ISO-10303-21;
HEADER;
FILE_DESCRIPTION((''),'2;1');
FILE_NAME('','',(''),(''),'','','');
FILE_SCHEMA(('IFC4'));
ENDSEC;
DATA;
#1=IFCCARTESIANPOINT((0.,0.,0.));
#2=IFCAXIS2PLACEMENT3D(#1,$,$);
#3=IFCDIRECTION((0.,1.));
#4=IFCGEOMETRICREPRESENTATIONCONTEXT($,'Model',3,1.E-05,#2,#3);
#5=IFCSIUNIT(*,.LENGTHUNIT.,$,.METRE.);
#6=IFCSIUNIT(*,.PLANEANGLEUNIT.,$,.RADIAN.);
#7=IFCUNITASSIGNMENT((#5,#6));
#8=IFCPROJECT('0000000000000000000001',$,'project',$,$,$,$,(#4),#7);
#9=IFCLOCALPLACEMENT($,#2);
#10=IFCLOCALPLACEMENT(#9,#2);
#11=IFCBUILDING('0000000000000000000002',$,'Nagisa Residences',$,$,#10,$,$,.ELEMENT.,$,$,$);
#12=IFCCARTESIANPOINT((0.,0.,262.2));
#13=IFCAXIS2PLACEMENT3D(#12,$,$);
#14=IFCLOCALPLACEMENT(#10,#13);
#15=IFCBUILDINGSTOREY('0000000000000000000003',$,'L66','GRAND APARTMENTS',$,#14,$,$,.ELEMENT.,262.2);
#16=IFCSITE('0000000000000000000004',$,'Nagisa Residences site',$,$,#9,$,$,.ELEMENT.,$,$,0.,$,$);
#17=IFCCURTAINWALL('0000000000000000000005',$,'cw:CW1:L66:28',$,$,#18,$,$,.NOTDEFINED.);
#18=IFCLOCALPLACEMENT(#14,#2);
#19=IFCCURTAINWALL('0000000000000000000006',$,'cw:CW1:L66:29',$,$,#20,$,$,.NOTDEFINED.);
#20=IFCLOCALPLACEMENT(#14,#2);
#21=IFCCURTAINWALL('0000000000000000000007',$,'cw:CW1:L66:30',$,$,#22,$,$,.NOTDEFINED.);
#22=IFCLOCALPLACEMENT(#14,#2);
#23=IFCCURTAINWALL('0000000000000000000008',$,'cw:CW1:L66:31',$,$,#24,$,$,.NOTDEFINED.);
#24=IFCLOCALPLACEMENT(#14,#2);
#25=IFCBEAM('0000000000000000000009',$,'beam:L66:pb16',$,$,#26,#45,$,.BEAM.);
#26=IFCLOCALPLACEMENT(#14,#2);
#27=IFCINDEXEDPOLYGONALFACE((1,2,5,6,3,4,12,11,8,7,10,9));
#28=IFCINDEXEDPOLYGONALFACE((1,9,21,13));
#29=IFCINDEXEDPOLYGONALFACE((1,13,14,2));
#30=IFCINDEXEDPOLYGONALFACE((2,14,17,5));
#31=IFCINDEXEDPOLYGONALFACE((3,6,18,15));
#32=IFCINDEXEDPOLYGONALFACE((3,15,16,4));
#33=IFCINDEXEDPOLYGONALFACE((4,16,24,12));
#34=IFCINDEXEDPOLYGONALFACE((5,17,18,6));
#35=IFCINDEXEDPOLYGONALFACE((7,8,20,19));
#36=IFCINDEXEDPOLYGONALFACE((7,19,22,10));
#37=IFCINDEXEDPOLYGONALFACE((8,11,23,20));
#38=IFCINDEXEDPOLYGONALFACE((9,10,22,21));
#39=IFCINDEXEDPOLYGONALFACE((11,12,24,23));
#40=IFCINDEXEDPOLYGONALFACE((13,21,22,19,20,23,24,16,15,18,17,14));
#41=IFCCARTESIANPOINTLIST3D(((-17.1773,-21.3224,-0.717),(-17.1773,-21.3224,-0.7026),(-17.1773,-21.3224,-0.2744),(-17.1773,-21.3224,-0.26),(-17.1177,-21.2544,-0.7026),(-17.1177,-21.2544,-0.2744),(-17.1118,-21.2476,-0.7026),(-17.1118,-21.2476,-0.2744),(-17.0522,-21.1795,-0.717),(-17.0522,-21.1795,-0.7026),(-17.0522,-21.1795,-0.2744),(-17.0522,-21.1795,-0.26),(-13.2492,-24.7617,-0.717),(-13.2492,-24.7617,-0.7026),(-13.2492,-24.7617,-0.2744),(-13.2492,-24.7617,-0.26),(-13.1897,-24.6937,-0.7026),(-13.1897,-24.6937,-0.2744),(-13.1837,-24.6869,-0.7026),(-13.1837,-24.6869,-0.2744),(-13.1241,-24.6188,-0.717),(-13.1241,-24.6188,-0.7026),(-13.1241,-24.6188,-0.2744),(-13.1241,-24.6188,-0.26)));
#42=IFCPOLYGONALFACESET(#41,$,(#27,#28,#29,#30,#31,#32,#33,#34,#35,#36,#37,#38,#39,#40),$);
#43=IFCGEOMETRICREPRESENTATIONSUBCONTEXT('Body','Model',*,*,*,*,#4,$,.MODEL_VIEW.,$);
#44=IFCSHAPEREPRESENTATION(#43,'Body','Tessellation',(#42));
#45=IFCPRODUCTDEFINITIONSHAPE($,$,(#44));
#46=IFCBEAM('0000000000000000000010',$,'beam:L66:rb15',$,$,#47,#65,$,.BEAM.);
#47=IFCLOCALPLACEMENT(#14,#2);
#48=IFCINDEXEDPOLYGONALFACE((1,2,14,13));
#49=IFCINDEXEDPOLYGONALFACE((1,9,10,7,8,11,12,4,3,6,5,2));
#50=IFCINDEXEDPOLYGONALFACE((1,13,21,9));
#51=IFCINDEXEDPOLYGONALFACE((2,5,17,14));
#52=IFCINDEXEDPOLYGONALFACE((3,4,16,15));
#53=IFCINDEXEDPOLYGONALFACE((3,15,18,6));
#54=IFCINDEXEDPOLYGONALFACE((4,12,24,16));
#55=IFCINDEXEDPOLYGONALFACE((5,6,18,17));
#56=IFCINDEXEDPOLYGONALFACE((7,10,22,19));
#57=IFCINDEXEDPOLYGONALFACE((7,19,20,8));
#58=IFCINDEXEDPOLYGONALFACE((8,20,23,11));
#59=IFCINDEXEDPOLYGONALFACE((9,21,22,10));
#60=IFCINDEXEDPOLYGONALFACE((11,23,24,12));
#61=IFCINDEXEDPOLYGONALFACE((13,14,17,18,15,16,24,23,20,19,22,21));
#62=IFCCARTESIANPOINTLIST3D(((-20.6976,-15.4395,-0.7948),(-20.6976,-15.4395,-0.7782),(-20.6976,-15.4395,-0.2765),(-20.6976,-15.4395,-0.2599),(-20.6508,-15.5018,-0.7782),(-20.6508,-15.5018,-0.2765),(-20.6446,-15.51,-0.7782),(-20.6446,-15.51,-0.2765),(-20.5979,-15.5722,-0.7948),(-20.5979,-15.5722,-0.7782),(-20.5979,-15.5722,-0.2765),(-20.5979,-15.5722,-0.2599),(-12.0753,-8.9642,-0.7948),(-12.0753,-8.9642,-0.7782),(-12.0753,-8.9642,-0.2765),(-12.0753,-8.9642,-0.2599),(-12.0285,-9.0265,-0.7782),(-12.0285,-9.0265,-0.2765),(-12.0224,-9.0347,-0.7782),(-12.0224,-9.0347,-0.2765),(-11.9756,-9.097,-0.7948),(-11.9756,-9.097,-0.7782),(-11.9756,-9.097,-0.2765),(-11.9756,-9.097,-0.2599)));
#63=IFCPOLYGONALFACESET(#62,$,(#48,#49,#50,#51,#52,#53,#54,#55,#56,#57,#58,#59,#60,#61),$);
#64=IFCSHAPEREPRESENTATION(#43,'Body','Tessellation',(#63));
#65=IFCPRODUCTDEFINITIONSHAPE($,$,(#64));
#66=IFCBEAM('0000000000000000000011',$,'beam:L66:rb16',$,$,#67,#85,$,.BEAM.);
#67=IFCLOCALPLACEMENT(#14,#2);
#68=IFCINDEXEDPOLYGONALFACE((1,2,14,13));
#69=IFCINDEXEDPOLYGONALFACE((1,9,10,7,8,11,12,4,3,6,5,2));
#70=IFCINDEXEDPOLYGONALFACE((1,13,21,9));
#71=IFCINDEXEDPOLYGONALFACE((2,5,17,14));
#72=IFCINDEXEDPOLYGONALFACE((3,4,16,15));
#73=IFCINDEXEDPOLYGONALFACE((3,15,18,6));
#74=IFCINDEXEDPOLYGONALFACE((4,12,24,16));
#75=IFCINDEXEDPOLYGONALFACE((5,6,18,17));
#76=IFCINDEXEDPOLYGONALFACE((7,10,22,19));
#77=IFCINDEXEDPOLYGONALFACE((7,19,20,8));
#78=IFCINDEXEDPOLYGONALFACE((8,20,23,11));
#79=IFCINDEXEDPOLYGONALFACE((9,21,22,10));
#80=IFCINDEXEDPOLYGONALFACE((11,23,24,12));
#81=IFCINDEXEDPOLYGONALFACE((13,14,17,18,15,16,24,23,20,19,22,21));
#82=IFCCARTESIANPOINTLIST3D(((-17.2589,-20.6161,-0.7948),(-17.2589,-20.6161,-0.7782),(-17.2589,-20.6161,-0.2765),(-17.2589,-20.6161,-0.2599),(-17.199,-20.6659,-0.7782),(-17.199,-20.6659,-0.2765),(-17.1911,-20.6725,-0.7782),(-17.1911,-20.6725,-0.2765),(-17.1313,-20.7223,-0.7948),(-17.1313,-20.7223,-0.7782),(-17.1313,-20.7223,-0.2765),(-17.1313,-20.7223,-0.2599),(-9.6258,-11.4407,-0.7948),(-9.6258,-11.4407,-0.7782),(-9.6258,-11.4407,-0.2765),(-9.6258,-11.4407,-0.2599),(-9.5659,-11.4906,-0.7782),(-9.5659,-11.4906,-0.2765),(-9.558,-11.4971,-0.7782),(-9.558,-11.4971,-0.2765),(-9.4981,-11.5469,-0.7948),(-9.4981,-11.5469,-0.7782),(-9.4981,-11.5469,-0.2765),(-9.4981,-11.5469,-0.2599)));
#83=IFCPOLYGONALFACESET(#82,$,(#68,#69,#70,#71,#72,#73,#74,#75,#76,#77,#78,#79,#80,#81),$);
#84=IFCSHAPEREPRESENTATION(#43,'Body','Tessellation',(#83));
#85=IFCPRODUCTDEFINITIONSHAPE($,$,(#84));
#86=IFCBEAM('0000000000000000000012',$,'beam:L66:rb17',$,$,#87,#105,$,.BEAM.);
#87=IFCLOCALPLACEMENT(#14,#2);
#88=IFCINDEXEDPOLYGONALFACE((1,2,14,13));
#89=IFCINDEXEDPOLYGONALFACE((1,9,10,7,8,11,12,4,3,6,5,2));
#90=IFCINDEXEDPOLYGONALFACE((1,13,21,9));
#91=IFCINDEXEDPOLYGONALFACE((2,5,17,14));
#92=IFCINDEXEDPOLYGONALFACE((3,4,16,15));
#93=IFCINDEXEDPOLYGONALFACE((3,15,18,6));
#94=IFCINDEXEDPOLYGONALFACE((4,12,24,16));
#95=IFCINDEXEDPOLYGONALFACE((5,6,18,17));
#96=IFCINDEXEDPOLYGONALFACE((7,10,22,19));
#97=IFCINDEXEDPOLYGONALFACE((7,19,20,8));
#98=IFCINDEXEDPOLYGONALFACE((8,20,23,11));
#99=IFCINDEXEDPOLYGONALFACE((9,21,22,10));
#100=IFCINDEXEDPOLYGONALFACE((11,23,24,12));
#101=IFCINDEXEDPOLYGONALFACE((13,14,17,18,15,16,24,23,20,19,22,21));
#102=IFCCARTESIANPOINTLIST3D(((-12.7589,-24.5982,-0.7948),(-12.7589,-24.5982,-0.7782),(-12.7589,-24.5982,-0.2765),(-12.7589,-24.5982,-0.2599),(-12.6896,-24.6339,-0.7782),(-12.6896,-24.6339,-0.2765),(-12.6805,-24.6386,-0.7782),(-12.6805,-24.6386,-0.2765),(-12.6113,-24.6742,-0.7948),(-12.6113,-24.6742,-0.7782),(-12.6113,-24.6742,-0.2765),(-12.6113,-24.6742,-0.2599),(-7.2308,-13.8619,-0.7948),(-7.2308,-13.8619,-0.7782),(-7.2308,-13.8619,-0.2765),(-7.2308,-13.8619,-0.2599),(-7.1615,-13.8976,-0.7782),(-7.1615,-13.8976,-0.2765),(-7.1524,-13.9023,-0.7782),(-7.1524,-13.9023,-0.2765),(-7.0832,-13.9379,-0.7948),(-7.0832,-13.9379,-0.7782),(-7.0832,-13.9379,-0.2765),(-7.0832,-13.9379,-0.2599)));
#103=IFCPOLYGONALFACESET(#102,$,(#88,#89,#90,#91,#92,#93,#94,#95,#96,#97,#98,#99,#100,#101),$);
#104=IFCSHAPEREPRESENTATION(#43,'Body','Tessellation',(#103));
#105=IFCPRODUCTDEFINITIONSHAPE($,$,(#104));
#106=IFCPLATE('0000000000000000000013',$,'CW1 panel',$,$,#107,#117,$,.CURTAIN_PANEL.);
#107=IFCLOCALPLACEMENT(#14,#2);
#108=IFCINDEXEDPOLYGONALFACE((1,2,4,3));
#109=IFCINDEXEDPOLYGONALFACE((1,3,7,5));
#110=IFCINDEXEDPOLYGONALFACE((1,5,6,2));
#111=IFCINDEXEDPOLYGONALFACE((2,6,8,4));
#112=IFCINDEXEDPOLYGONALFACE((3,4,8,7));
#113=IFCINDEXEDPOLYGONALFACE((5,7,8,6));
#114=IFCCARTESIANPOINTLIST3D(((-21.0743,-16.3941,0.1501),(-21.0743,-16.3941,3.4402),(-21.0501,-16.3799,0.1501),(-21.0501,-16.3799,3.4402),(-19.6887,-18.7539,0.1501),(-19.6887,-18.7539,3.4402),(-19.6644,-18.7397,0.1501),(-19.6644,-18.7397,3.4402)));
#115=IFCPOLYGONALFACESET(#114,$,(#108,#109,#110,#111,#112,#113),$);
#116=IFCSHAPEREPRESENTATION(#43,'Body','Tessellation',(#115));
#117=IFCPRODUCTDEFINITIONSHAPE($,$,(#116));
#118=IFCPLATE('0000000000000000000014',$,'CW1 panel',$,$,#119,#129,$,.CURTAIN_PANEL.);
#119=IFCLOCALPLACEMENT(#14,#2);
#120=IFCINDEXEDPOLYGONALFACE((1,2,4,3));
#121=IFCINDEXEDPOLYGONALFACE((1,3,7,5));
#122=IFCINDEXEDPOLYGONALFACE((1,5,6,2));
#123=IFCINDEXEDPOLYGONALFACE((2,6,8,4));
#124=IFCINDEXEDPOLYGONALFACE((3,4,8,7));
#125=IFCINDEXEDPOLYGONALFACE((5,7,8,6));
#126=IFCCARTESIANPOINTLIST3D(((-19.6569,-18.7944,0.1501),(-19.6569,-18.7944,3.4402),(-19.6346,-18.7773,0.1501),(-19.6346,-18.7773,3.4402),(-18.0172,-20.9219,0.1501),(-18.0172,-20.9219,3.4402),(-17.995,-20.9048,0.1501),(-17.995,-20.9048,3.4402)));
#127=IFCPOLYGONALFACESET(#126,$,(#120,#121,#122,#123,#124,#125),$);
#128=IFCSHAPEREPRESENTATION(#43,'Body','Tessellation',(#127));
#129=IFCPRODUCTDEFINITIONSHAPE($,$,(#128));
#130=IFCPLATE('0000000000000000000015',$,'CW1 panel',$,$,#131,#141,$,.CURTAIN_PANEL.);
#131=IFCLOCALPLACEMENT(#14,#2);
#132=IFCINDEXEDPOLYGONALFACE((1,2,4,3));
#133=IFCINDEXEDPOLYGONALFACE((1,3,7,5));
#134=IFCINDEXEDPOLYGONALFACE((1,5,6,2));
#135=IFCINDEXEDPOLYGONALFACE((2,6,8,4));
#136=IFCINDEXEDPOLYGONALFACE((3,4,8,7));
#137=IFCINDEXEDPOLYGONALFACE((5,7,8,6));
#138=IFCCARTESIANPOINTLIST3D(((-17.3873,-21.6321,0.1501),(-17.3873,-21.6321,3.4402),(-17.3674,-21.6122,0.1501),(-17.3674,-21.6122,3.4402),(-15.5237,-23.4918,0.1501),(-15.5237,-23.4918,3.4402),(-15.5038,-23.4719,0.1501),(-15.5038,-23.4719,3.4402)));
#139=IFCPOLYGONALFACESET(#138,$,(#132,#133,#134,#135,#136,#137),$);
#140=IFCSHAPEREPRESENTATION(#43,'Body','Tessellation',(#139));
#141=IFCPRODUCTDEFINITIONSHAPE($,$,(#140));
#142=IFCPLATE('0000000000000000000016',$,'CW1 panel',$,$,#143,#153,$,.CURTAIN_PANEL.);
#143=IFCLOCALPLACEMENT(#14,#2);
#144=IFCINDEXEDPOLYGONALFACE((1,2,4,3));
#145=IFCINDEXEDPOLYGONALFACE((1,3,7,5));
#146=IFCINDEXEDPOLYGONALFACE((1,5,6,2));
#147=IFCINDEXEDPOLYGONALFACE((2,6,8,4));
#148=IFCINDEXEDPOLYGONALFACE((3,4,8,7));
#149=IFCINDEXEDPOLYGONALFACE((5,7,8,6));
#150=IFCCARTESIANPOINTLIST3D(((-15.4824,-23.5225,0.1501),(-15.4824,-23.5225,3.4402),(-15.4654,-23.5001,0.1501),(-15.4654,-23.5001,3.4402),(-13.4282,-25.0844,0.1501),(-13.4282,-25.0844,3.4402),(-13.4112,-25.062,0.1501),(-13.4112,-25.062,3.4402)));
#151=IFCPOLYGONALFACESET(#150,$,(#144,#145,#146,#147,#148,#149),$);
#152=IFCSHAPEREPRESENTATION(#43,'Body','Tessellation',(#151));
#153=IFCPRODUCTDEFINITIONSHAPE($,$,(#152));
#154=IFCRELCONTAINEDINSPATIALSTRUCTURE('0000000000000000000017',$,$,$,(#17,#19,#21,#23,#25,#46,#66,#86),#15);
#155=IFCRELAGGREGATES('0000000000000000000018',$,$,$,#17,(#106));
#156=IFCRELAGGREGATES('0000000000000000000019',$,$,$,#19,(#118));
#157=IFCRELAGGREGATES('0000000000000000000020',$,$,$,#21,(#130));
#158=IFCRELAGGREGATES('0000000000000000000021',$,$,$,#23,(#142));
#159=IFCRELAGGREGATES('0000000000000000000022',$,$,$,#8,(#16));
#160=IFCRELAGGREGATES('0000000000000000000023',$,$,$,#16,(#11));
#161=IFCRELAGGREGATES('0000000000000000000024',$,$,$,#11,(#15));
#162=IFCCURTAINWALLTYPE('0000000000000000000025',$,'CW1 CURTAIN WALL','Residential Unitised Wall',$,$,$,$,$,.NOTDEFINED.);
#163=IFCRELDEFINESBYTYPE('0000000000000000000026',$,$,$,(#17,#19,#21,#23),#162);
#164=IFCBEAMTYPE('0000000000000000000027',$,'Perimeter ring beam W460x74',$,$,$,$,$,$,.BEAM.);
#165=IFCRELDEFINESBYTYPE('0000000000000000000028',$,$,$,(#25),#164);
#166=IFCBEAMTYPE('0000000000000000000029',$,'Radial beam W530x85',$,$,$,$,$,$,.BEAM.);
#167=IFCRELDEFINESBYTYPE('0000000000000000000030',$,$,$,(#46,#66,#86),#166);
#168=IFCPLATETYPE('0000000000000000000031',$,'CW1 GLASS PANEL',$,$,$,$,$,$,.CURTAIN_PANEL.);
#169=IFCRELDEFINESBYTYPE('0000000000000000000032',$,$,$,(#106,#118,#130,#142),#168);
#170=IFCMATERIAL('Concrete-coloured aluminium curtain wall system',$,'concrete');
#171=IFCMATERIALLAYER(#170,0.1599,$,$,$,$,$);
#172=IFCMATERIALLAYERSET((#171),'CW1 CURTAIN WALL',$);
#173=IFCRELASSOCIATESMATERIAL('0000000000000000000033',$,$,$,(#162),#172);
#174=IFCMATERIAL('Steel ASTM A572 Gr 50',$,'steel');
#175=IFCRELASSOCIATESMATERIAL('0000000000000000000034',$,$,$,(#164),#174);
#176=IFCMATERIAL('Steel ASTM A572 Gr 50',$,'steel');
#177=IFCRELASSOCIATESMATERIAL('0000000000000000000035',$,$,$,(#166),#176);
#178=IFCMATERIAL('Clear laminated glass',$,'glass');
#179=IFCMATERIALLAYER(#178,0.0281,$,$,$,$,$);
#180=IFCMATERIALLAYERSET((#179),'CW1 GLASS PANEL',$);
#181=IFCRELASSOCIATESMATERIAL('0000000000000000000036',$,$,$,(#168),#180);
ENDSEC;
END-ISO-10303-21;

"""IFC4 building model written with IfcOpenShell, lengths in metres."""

from ifc_helpers import new_model, si_unit, direction, frame, origin, origin_2d, place, context, subcontext, project, spatial, rectangle, i_section, extrude, material, layer, layer_set, material_profile, profile_set, type_object, element, aggregate, save


model = new_model("IFC4")

# Units and contexts
model_context = context("Model", 3, precision=1e-05, world=origin(), true_north=direction((0.0, 1.0)))
body_context = subcontext(model_context, "Body", "Model", "MODEL_VIEW")
ifc_project = project(units=[si_unit("LENGTHUNIT", "METRE"), si_unit("PLANEANGLEUNIT", "RADIAN")], contexts=[model_context])

# Site, building, storey
site_placement = place(None, origin())
site = spatial("IfcSite", under=ifc_project, at=site_placement, Name="Nagisa Residences site", CompositionType="ELEMENT", RefElevation=0.0)
building_placement = place(site_placement, origin())
building = spatial("IfcBuilding", under=site, at=building_placement, Name="Nagisa Residences", CompositionType="ELEMENT")
storey_placement = place(building_placement, frame((0.0, 0.0, 262.2)))
storey = spatial("IfcBuildingStorey", under=building, at=storey_placement, Name="L66", Description="GRAND APARTMENTS", CompositionType="ELEMENT", Elevation=262.2)

# Curtain walls
ifc_material_1 = material(Name="Concrete-coloured aluminium curtain wall system", Category="concrete")
ifc_layer_1 = layer(ifc_material_1, 0.1599)
ifc_layer_set_1 = layer_set([ifc_layer_1], Name="CW1 CURTAIN WALL")
curtain_wall_type = type_object("IfcCurtainWallType", Name="CW1 CURTAIN WALL", Description="Residential Unitised Wall", PredefinedType="NOTDEFINED", material=ifc_layer_set_1)
curtain_wall_1_placement = place(storey_placement, origin())
curtain_wall_1 = element("IfcCurtainWall", 1, at=curtain_wall_1_placement, inside=storey, type_object=curtain_wall_type, Name="cw:CW1:L66:28", PredefinedType="NOTDEFINED")
curtain_wall_2_placement = place(storey_placement, origin())
curtain_wall_2 = element("IfcCurtainWall", 2, at=curtain_wall_2_placement, inside=storey, type_object=curtain_wall_type, Name="cw:CW1:L66:29", PredefinedType="NOTDEFINED")
curtain_wall_3_placement = place(storey_placement, origin())
curtain_wall_3 = element("IfcCurtainWall", 3, at=curtain_wall_3_placement, inside=storey, type_object=curtain_wall_type, Name="cw:CW1:L66:30", PredefinedType="NOTDEFINED")
curtain_wall_4_placement = place(storey_placement, origin())
curtain_wall_4 = element("IfcCurtainWall", 4, at=curtain_wall_4_placement, inside=storey, type_object=curtain_wall_type, Name="cw:CW1:L66:31", PredefinedType="NOTDEFINED")

# Beams
ifc_material_2 = material(Name="Steel ASTM A572 Gr 50", Category="steel")
ifc_material_profile_1 = material_profile(ifc_material_2, i_section(OverallWidth=0.1899, OverallDepth=0.457, WebThickness=0.009, FlangeThickness=0.0144, at=origin_2d()), Name="W460x74")
ifc_profile_set_1 = profile_set([ifc_material_profile_1], Name="Steel ASTM A572 Gr 50")
beam_type_1 = type_object("IfcBeamType", Name="Perimeter ring beam W460x74", PredefinedType="BEAM", material=ifc_profile_set_1)
beam_1_placement = place(storey_placement, frame((-17.1147, -21.251, -0.4885), z_axis=(0.752365, -0.658746, 0.0), x_axis=(0.658746, 0.752365, 0.0)))
element("IfcBeam", 5, at=beam_1_placement, inside=storey, type_object=beam_type_1, Name="beam:L66:pb16", PredefinedType="BEAM", context=body_context, shape_type="SweptSolid", body=[
    extrude(i_section(OverallWidth=0.1899, OverallDepth=0.457, WebThickness=0.009, FlangeThickness=0.0144, at=origin_2d()), origin(), (0.0, 0.0, 1.0), 5.2209),
])
ifc_material_3 = material(Name="Steel ASTM A572 Gr 50", Category="steel")
ifc_material_profile_2 = material_profile(ifc_material_3, i_section(OverallWidth=0.166, OverallDepth=0.5349, WebThickness=0.0103, FlangeThickness=0.0166, at=origin_2d()), Name="W530x85")
ifc_profile_set_2 = profile_set([ifc_material_profile_2], Name="Steel ASTM A572 Gr 50")
beam_type_2 = type_object("IfcBeamType", Name="Radial beam W530x85", PredefinedType="BEAM", material=ifc_profile_set_2)
beam_2_placement = place(storey_placement, frame((-20.6477, -15.5059, -0.5273), z_axis=(0.799617, 0.600511, 0.0), x_axis=(-0.600511, 0.799617, 0.0)))
element("IfcBeam", 6, at=beam_2_placement, inside=storey, type_object=beam_type_2, Name="beam:L66:rb15", PredefinedType="BEAM", context=body_context, shape_type="SweptSolid", body=[
    extrude(i_section(OverallWidth=0.166, OverallDepth=0.5349, WebThickness=0.0103, FlangeThickness=0.0166, at=origin_2d()), origin(), (0.0, 0.0, 1.0), 10.783),
])
beam_3_placement = place(storey_placement, frame((-17.1951, -20.6692, -0.5273), z_axis=(0.63954, 0.768758, 0.0), x_axis=(-0.768758, 0.63954, 0.0)))
element("IfcBeam", 7, at=beam_3_placement, inside=storey, type_object=beam_type_2, Name="beam:L66:rb16", PredefinedType="BEAM", context=body_context, shape_type="SweptSolid", body=[
    extrude(i_section(OverallWidth=0.166, OverallDepth=0.5349, WebThickness=0.0103, FlangeThickness=0.0166, at=origin_2d()), origin(), (0.0, 0.0, 1.0), 11.9353),
])
beam_4_placement = place(storey_placement, frame((-12.6851, -24.6362, -0.5273), z_axis=(0.457776, 0.889068, 0.0), x_axis=(-0.889068, 0.457776, 0.0)))
element("IfcBeam", 8, at=beam_4_placement, inside=storey, type_object=beam_type_2, Name="beam:L66:rb17", PredefinedType="BEAM", context=body_context, shape_type="SweptSolid", body=[
    extrude(i_section(OverallWidth=0.166, OverallDepth=0.5349, WebThickness=0.0103, FlangeThickness=0.0166, at=origin_2d()), origin(), (0.0, 0.0, 1.0), 12.0759),
])

# Plates
ifc_material_4 = material(Name="Clear laminated glass", Category="glass")
ifc_layer_2 = layer(ifc_material_4, 0.0281)
ifc_layer_set_2 = layer_set([ifc_layer_2], Name="CW1 GLASS PANEL")
plate_type = type_object("IfcPlateType", Name="CW1 GLASS PANEL", PredefinedType="CURTAIN_PANEL", material=ifc_layer_set_2)
plate_1_placement = place(storey_placement, frame((-20.3694, -17.5669, 0.1501), z_axis=(0.0, 0.0, 1.0), x_axis=(0.506349, -0.862329, 0.0)))
plate_1 = element("IfcPlate", 9, at=plate_1_placement, type_object=plate_type, Name="CW1 panel", PredefinedType="CURTAIN_PANEL", context=body_context, shape_type="SweptSolid", body=[
    extrude(rectangle(XDim=2.7366, YDim=0.0281, at=origin_2d()), origin(), (0.0, 0.0, 1.0), 3.29),
])
aggregate(curtain_wall_1, [plate_1])
plate_2_placement = place(storey_placement, frame((-18.8259, -19.8496, 0.1501), z_axis=(0.0, 0.0, 1.0), x_axis=(0.61043, -0.79207, 0.0)))
plate_2 = element("IfcPlate", 10, at=plate_2_placement, type_object=plate_type, Name="CW1 panel", PredefinedType="CURTAIN_PANEL", context=body_context, shape_type="SweptSolid", body=[
    extrude(rectangle(XDim=2.686, YDim=0.0281, at=origin_2d()), origin(), (0.0, 0.0, 1.0), 3.29),
])
aggregate(curtain_wall_2, [plate_2])
plate_3_placement = place(storey_placement, frame((-16.4456, -22.552, 0.1501), z_axis=(0.0, 0.0, 1.0), x_axis=(0.707836, -0.706377, 0.0)))
plate_3 = element("IfcPlate", 11, at=plate_3_placement, type_object=plate_type, Name="CW1 panel", PredefinedType="CURTAIN_PANEL", context=body_context, shape_type="SweptSolid", body=[
    extrude(rectangle(XDim=2.6328, YDim=0.0281, at=origin_2d()), origin(), (0.0, 0.0, 1.0), 3.29),
])
aggregate(curtain_wall_3, [plate_3])
plate_4_placement = place(storey_placement, frame((-14.4468, -24.2922, 0.1501), z_axis=(0.0, 0.0, 1.0), x_axis=(0.796031, -0.605255, 0.0)))
plate_4 = element("IfcPlate", 12, at=plate_4_placement, type_object=plate_type, Name="CW1 panel", PredefinedType="CURTAIN_PANEL", context=body_context, shape_type="SweptSolid", body=[
    extrude(rectangle(XDim=2.5806, YDim=0.0281, at=origin_2d()), origin(), (0.0, 0.0, 1.0), 3.29),
])
aggregate(curtain_wall_4, [plate_4])

save(model, "model.ifc")
